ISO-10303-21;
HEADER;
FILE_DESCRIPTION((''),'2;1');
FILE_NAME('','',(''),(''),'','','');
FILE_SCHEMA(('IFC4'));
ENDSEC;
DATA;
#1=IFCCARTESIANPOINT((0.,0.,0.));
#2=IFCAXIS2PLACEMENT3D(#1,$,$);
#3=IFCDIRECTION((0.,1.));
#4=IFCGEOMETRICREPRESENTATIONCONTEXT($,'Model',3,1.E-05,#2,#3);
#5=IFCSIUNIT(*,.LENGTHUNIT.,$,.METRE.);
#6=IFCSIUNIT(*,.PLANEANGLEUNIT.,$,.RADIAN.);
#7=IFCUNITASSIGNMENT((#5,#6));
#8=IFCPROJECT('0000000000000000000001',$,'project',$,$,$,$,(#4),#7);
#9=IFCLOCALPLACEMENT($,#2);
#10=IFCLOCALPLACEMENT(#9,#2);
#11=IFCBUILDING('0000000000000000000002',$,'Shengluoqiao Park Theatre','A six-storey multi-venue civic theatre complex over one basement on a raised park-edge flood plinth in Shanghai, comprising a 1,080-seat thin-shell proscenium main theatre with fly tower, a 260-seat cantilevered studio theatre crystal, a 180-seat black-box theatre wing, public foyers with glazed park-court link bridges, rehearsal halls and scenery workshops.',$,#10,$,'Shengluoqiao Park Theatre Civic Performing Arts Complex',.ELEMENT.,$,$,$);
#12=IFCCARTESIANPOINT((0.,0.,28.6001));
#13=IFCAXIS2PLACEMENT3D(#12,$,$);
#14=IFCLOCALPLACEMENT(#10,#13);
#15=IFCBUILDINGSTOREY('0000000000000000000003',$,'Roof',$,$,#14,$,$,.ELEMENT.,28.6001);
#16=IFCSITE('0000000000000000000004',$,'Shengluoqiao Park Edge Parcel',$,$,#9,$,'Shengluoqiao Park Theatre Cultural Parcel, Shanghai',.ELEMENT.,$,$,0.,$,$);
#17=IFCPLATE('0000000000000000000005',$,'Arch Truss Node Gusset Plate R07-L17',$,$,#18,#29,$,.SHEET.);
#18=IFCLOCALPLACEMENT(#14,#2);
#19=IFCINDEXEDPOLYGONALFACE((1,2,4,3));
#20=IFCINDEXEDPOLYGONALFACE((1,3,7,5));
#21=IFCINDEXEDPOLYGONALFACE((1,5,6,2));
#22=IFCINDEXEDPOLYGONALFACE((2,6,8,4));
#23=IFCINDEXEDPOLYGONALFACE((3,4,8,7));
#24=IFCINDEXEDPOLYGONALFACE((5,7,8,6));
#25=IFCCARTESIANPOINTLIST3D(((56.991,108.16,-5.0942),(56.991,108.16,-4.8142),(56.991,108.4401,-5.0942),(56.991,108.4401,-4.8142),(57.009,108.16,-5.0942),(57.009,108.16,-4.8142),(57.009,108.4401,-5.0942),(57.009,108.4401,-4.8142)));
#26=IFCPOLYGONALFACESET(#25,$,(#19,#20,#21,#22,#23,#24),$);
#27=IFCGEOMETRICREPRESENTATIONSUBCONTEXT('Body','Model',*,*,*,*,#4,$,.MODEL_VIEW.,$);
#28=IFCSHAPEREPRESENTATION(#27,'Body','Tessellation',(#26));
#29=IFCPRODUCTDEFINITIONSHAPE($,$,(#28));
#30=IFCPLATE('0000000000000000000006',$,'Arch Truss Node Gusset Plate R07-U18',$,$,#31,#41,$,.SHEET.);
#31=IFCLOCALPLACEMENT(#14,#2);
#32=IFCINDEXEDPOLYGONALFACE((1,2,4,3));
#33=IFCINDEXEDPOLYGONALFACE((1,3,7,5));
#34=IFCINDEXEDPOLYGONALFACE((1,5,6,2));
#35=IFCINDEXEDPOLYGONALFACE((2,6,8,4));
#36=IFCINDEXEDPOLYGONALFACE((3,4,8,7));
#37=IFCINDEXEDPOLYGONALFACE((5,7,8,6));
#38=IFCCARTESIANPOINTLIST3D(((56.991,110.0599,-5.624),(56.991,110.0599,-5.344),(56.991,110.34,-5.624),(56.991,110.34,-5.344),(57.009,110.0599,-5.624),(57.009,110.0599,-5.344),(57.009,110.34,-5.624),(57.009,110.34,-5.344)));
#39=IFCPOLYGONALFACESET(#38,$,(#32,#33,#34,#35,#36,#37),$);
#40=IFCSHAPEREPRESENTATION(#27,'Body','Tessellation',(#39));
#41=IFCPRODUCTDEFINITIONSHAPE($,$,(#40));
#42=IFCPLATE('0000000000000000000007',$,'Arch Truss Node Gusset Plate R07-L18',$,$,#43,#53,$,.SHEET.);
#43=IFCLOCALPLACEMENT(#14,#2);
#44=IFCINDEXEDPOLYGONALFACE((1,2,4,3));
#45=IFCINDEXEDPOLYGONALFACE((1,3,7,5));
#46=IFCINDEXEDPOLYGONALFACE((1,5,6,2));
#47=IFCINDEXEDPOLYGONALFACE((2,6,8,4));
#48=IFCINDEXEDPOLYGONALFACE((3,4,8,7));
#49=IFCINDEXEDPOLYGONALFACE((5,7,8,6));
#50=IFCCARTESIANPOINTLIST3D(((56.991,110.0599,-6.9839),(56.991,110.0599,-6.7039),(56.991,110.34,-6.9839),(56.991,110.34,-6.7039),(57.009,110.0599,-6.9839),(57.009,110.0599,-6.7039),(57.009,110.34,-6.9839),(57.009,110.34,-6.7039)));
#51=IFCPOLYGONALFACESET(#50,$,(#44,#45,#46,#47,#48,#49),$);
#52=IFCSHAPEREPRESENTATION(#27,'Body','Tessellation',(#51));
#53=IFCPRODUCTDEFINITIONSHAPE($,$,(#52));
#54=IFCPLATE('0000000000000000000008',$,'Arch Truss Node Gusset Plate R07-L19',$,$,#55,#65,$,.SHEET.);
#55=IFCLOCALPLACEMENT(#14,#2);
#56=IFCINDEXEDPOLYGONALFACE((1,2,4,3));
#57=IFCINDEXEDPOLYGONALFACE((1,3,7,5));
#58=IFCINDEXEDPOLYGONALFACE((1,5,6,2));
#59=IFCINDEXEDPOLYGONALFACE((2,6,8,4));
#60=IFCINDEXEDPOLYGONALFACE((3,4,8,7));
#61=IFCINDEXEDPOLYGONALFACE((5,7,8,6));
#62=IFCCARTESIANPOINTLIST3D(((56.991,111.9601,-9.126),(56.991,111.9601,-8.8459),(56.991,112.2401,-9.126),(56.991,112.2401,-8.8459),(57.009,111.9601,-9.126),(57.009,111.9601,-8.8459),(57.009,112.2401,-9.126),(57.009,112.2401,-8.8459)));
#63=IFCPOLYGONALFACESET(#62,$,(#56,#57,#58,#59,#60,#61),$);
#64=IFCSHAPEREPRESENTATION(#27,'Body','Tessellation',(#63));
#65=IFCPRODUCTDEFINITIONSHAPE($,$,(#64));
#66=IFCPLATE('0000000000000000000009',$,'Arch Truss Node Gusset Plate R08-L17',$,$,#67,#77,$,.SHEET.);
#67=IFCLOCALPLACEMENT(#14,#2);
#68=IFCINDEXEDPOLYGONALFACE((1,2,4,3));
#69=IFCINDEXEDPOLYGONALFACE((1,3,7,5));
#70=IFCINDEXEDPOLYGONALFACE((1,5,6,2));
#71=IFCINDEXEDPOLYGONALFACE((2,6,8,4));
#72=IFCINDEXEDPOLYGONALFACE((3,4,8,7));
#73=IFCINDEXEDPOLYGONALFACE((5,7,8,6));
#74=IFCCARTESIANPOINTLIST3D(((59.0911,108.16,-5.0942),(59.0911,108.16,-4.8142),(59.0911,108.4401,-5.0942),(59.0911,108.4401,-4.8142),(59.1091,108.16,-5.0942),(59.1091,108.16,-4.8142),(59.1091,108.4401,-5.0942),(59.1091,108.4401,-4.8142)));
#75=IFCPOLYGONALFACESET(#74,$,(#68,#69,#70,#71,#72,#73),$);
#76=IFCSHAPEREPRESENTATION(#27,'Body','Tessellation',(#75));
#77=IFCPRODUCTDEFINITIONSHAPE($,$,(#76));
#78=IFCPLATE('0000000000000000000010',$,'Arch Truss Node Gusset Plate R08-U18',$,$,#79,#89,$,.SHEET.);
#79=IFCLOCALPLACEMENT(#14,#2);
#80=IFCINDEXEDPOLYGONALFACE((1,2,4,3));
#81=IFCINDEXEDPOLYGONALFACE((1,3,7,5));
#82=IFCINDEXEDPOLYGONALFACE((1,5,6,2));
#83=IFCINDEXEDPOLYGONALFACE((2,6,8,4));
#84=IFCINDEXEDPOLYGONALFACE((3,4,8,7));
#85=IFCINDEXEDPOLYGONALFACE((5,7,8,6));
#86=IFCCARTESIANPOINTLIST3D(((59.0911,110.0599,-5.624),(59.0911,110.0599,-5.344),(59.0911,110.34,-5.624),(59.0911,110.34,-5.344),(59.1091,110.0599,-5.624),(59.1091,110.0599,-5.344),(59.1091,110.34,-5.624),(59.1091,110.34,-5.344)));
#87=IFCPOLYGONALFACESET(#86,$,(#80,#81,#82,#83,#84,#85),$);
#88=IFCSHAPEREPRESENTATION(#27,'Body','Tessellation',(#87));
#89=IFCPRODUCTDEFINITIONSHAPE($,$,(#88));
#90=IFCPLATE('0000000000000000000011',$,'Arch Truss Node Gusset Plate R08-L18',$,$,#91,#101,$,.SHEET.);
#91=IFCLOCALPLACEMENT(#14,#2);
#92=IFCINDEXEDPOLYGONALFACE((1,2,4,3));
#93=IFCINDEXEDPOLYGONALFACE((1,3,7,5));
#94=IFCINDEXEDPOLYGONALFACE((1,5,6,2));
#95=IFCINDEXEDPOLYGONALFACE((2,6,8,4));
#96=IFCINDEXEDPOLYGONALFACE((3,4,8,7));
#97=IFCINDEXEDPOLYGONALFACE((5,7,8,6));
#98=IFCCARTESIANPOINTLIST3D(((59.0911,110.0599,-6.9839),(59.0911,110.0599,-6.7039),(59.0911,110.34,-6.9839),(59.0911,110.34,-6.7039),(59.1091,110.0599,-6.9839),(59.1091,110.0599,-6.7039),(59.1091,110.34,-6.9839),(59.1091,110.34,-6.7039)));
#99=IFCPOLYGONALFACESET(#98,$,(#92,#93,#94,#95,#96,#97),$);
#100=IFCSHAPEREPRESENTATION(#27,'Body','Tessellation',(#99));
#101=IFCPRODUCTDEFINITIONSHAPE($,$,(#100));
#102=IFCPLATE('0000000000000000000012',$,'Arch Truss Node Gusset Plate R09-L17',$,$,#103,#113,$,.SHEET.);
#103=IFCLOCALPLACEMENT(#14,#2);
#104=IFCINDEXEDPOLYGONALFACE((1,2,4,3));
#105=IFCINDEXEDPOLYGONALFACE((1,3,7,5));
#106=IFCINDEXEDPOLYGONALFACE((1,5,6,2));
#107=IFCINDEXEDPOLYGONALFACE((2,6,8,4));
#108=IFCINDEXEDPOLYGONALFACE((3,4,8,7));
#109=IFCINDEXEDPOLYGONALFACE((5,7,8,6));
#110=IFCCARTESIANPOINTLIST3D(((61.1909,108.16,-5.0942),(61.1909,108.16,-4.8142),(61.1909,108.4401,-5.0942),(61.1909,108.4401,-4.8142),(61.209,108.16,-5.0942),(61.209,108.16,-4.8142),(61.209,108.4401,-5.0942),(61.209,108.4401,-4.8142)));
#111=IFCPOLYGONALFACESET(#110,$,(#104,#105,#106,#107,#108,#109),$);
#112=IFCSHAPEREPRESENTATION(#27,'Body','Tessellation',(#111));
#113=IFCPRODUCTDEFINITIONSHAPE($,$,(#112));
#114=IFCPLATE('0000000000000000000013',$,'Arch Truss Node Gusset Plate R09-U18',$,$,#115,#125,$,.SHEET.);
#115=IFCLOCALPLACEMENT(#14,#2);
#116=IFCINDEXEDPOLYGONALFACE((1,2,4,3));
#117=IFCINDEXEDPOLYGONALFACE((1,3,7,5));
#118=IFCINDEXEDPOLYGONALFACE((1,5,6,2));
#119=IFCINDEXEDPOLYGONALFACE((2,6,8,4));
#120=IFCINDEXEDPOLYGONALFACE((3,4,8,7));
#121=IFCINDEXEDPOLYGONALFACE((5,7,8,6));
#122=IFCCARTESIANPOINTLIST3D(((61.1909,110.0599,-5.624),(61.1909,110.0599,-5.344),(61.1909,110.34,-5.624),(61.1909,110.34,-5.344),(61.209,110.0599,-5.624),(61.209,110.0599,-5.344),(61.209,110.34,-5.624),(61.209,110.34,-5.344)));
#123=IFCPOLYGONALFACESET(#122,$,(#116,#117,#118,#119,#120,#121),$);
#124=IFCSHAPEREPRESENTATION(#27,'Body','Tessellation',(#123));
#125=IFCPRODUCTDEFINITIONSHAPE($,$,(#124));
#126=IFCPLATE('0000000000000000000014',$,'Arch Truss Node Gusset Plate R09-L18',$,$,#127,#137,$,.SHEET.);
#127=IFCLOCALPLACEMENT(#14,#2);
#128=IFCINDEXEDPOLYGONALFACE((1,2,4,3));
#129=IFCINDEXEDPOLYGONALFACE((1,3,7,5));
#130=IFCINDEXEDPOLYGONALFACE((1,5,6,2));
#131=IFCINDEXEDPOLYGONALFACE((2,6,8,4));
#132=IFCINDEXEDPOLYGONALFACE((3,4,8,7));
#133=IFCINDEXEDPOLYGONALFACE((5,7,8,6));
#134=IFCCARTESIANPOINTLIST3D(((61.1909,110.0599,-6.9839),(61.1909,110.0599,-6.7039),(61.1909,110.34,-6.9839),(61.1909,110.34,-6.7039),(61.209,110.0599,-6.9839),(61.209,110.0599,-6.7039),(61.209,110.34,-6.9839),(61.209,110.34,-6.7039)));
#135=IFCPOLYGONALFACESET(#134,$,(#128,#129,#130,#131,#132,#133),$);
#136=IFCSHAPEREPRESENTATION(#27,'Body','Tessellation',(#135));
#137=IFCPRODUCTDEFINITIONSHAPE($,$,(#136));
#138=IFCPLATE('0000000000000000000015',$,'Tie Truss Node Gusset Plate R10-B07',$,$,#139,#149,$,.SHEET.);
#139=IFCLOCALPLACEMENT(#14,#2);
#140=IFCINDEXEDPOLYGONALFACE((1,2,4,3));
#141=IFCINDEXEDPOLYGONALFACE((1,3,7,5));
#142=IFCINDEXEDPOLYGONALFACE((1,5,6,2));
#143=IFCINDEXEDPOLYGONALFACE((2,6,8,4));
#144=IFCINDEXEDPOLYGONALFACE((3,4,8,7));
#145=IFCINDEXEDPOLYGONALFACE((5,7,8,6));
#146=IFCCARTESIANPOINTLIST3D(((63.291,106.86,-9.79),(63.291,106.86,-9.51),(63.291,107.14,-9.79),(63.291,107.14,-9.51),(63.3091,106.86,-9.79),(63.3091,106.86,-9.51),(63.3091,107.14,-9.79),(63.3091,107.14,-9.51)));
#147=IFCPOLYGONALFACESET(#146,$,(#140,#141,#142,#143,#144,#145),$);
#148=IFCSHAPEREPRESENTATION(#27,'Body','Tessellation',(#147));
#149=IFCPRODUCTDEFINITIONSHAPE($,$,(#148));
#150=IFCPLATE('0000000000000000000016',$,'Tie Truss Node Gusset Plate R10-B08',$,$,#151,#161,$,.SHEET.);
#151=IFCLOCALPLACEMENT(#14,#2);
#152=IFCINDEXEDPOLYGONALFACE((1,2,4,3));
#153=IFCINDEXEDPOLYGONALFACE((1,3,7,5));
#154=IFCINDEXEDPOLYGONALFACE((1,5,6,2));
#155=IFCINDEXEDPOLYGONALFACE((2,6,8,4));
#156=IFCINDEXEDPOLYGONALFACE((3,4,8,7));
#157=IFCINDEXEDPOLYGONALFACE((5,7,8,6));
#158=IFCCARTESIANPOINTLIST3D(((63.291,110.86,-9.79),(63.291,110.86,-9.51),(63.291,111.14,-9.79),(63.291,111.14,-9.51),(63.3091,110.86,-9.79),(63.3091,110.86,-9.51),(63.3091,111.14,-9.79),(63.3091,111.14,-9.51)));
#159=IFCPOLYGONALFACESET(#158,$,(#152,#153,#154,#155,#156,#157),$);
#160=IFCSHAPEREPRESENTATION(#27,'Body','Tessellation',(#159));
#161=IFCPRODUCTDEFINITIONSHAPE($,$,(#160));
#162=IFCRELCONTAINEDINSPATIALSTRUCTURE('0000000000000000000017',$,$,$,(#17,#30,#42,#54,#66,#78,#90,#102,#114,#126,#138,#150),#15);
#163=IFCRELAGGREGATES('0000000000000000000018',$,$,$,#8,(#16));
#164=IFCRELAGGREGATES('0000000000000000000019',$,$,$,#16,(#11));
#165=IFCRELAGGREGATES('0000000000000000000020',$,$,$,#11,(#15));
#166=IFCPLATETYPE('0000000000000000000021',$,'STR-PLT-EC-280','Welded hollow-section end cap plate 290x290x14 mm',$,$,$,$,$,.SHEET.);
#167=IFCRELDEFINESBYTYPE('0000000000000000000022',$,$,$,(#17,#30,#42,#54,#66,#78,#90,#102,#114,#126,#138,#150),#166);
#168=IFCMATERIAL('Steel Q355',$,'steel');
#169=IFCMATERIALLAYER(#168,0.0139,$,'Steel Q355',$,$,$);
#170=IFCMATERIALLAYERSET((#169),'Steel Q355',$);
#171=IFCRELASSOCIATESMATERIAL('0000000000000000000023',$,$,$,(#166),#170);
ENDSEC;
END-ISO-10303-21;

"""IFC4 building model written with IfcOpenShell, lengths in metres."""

from ifc_helpers import new_model, si_unit, direction, frame, origin, origin_2d, place, context, subcontext, project, spatial, rectangle, extrude, material, layer, layer_set, type_object, element, save


model = new_model("IFC4")

# Units and contexts
model_context = context("Model", 3, precision=1e-05, world=origin(), true_north=direction((0.0, 1.0)))
body_context = subcontext(model_context, "Body", "Model", "MODEL_VIEW")
ifc_project = project(units=[si_unit("LENGTHUNIT", "METRE"), si_unit("PLANEANGLEUNIT", "RADIAN")], contexts=[model_context])

# Site, building, storey
site_placement = place(None, origin())
site = spatial("IfcSite", under=ifc_project, at=site_placement, Name="Shengluoqiao Park Edge Parcel", LongName="Shengluoqiao Park Theatre Cultural Parcel, Shanghai", CompositionType="ELEMENT", RefElevation=0.0)
building_placement = place(site_placement, origin())
building = spatial("IfcBuilding", under=site, at=building_placement, Name="Shengluoqiao Park Theatre", Description="A six-storey multi-venue civic theatre complex over one basement on a raised park-edge flood plinth in Shanghai, comprising a 1,080-seat thin-shell proscenium main theatre with fly tower, a 260-seat cantilevered studio theatre crystal, a 180-seat black-box theatre wing, public foyers with glazed park-court link bridges, rehearsal halls and scenery workshops.", LongName="Shengluoqiao Park Theatre Civic Performing Arts Complex", CompositionType="ELEMENT")
storey_placement = place(building_placement, frame((0.0, 0.0, 28.6001)))
storey = spatial("IfcBuildingStorey", under=building, at=storey_placement, Name="Roof", CompositionType="ELEMENT", Elevation=28.6001)

# Shared definitions
ifc_material_1 = material(Name="Steel Q355", Category="steel")

# Plates
ifc_layer = layer(ifc_material_1, 0.0139, Name="Steel Q355")
ifc_layer_set = layer_set([ifc_layer], Name="Steel Q355")
plate_type = type_object("IfcPlateType", Name="STR-PLT-EC-280", Description="Welded hollow-section end cap plate 290x290x14 mm", PredefinedType="SHEET", material=ifc_layer_set)
for number, where, z_axis, x_axis, name in (
    (1, (57.0, 108.3, -5.0942), (0.0, 0.0, 1.0), (1.0, 0.0, 0.0), "Arch Truss Node Gusset Plate R07-L17"),
    (2, (57.0, 110.2, -5.624), (0.0, 0.0, 1.0), (1.0, 0.0, 0.0), "Arch Truss Node Gusset Plate R07-U18"),
    (3, (57.0, 110.2, -6.9839), (0.0, 0.0, 1.0), (1.0, 0.0, 0.0), "Arch Truss Node Gusset Plate R07-L18"),
    (4, (57.0, 112.1001, -9.126), (0.0, 0.0, 1.0), (1.0, 0.0, 0.0), "Arch Truss Node Gusset Plate R07-L19"),
    (5, (59.1001, 108.3, -5.0942), (0.0, 0.0, 1.0), (1.0, 0.0, 0.0), "Arch Truss Node Gusset Plate R08-L17"),
    (6, (59.1001, 110.2, -5.624), (0.0, 0.0, 1.0), (1.0, 0.0, 0.0), "Arch Truss Node Gusset Plate R08-U18"),
    (7, (59.1001, 110.2, -6.9839), (0.0, 0.0, 1.0), (1.0, 0.0, 0.0), "Arch Truss Node Gusset Plate R08-L18"),
    (8, (61.2, 108.3, -5.0942), (0.0, 0.0, 1.0), (1.0, 0.0, 0.0), "Arch Truss Node Gusset Plate R09-L17"),
    (9, (61.2, 110.2, -5.624), (0.0, 0.0, 1.0), (1.0, 0.0, 0.0), "Arch Truss Node Gusset Plate R09-U18"),
    (10, (61.2, 110.2, -6.9839), (0.0, 0.0, 1.0), (1.0, 0.0, 0.0), "Arch Truss Node Gusset Plate R09-L18"),
    (11, (63.3, 107.0, -9.79), (0.0, 0.0, 1.0), (1.0, 0.0, 0.0), "Tie Truss Node Gusset Plate R10-B07"),
    (12, (63.3, 111.0, -9.79), (0.0, 0.0, 1.0), (1.0, 0.0, 0.0), "Tie Truss Node Gusset Plate R10-B08"),
):
    element("IfcPlate", number, at=place(storey_placement, frame(where, z_axis=z_axis, x_axis=x_axis)), inside=storey, type_object=plate_type, Name=name, PredefinedType="SHEET", context=body_context, shape_type="SweptSolid", body=[
        extrude(rectangle(XDim=0.0181, YDim=0.28, at=origin_2d()), origin(), (0.0, 0.0, 1.0), 0.28),
    ])

save(model, "model.ifc")
